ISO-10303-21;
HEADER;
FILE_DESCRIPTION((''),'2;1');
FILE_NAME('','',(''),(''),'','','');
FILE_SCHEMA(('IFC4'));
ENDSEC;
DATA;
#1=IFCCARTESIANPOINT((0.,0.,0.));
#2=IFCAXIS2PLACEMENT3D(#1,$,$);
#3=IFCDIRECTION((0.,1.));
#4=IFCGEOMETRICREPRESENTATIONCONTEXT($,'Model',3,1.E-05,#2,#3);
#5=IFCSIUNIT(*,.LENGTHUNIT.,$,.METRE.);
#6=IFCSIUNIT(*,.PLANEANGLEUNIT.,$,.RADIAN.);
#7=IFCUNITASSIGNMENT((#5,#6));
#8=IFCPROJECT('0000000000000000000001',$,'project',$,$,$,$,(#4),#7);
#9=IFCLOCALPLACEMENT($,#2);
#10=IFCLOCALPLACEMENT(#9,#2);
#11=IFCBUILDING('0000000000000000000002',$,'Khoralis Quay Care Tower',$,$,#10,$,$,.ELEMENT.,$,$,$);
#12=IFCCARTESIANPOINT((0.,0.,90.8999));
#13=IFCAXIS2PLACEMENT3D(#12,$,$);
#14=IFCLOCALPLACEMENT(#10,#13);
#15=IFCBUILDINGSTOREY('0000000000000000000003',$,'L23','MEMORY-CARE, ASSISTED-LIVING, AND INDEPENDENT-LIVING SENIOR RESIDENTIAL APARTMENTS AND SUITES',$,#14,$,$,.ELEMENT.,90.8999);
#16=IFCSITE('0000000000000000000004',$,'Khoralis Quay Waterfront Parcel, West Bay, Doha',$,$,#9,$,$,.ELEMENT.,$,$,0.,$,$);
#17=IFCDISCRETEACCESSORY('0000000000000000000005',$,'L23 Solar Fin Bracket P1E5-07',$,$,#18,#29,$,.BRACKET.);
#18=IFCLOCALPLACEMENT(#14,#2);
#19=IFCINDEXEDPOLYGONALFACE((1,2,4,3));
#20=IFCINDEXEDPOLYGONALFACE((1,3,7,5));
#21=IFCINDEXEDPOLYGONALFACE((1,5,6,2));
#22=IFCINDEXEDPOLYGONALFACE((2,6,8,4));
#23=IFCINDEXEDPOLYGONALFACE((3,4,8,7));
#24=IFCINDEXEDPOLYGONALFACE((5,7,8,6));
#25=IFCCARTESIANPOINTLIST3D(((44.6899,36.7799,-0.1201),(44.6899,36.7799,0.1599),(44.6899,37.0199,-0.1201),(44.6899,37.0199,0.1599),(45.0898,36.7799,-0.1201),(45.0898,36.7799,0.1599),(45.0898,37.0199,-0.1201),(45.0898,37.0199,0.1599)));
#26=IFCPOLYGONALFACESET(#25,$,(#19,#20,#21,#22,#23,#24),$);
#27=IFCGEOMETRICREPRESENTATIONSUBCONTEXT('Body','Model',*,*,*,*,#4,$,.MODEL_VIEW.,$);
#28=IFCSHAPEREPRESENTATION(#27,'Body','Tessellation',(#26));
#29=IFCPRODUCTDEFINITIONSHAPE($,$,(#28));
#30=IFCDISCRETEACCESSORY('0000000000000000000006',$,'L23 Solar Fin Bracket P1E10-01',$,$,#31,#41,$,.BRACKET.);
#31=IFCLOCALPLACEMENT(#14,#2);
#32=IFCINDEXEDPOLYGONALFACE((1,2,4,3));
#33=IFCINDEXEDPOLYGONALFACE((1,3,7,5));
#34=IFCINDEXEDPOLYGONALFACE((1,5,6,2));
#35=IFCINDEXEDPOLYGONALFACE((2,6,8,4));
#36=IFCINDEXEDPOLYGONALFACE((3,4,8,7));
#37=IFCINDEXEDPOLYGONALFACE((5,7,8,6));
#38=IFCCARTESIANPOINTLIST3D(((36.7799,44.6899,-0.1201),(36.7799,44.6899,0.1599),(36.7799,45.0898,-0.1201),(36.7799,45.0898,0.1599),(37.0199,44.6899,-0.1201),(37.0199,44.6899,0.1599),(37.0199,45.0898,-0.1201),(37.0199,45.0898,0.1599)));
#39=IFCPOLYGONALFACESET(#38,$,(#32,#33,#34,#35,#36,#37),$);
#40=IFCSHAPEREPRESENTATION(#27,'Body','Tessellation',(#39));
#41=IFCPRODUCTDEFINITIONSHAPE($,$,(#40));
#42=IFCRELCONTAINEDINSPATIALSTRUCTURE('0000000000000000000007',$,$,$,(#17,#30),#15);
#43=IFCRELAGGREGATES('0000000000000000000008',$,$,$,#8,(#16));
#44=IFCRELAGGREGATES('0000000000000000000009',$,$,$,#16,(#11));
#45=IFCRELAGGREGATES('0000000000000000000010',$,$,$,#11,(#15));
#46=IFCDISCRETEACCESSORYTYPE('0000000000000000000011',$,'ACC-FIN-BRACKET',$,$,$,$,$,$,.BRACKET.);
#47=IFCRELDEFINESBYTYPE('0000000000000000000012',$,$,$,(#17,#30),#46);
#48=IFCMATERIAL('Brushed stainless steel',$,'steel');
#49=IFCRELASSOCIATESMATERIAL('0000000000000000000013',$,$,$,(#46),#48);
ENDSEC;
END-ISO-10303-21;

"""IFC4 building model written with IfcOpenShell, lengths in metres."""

from ifc_helpers import new_model, si_unit, direction, frame, origin, origin_2d, place, context, subcontext, project, spatial, rectangle, extrude, source, transform, mapped, material, type_object, element, save


model = new_model("IFC4")

# Units and contexts
model_context = context("Model", 3, precision=1e-05, world=origin(), true_north=direction((0.0, 1.0)))
body_context = subcontext(model_context, "Body", "Model", "MODEL_VIEW")
ifc_project = project(units=[si_unit("LENGTHUNIT", "METRE"), si_unit("PLANEANGLEUNIT", "RADIAN")], contexts=[model_context])

# Site, building, storey
site_placement = place(None, origin())
site = spatial("IfcSite", under=ifc_project, at=site_placement, Name="Khoralis Quay Waterfront Parcel, West Bay, Doha", CompositionType="ELEMENT", RefElevation=0.0)
building_placement = place(site_placement, origin())
building = spatial("IfcBuilding", under=site, at=building_placement, Name="Khoralis Quay Care Tower", CompositionType="ELEMENT")
storey_placement = place(building_placement, frame((0.0, 0.0, 90.8999)))
storey = spatial("IfcBuildingStorey", under=building, at=storey_placement, Name="L23", Description="MEMORY-CARE, ASSISTED-LIVING, AND INDEPENDENT-LIVING SENIOR RESIDENTIAL APARTMENTS AND SUITES", CompositionType="ELEMENT", Elevation=90.8999)

# Discrete accessories
ifc_material_1 = material(Name="Brushed stainless steel", Category="steel")
discrete_accessory_type = type_object("IfcDiscreteAccessoryType", Name="ACC-FIN-BRACKET", PredefinedType="BRACKET", material=ifc_material_1)
shared_shape_1 = source(origin(), body_context, "Body", "SweptSolid", [
    extrude(rectangle(XDim=0.3999, YDim=0.24, at=origin_2d()), origin(), (0.0, 0.0, 1.0), 0.28),
])
for number, where, z_axis, x_axis, name in (
    (1, (44.8899, 36.8999, -0.1201), (0.0, 0.0, 1.0), (1.0, 0.0, 0.0), "L23 Solar Fin Bracket P1E5-07"),
    (2, (36.8999, 44.8899, -0.1201), (0.0, 0.0, 1.0), (0.0, 1.0, 0.0), "L23 Solar Fin Bracket P1E10-01"),
):
    element("IfcDiscreteAccessory", number, at=place(storey_placement, frame(where, z_axis=z_axis, x_axis=x_axis)), inside=storey, type_object=discrete_accessory_type, Name=name, PredefinedType="BRACKET", context=body_context, shape_type="MappedRepresentation", body=[
        mapped(shared_shape_1, transform((0.0, 0.0, 0.0), scale=1.0)),
    ])

save(model, "model.ifc")
